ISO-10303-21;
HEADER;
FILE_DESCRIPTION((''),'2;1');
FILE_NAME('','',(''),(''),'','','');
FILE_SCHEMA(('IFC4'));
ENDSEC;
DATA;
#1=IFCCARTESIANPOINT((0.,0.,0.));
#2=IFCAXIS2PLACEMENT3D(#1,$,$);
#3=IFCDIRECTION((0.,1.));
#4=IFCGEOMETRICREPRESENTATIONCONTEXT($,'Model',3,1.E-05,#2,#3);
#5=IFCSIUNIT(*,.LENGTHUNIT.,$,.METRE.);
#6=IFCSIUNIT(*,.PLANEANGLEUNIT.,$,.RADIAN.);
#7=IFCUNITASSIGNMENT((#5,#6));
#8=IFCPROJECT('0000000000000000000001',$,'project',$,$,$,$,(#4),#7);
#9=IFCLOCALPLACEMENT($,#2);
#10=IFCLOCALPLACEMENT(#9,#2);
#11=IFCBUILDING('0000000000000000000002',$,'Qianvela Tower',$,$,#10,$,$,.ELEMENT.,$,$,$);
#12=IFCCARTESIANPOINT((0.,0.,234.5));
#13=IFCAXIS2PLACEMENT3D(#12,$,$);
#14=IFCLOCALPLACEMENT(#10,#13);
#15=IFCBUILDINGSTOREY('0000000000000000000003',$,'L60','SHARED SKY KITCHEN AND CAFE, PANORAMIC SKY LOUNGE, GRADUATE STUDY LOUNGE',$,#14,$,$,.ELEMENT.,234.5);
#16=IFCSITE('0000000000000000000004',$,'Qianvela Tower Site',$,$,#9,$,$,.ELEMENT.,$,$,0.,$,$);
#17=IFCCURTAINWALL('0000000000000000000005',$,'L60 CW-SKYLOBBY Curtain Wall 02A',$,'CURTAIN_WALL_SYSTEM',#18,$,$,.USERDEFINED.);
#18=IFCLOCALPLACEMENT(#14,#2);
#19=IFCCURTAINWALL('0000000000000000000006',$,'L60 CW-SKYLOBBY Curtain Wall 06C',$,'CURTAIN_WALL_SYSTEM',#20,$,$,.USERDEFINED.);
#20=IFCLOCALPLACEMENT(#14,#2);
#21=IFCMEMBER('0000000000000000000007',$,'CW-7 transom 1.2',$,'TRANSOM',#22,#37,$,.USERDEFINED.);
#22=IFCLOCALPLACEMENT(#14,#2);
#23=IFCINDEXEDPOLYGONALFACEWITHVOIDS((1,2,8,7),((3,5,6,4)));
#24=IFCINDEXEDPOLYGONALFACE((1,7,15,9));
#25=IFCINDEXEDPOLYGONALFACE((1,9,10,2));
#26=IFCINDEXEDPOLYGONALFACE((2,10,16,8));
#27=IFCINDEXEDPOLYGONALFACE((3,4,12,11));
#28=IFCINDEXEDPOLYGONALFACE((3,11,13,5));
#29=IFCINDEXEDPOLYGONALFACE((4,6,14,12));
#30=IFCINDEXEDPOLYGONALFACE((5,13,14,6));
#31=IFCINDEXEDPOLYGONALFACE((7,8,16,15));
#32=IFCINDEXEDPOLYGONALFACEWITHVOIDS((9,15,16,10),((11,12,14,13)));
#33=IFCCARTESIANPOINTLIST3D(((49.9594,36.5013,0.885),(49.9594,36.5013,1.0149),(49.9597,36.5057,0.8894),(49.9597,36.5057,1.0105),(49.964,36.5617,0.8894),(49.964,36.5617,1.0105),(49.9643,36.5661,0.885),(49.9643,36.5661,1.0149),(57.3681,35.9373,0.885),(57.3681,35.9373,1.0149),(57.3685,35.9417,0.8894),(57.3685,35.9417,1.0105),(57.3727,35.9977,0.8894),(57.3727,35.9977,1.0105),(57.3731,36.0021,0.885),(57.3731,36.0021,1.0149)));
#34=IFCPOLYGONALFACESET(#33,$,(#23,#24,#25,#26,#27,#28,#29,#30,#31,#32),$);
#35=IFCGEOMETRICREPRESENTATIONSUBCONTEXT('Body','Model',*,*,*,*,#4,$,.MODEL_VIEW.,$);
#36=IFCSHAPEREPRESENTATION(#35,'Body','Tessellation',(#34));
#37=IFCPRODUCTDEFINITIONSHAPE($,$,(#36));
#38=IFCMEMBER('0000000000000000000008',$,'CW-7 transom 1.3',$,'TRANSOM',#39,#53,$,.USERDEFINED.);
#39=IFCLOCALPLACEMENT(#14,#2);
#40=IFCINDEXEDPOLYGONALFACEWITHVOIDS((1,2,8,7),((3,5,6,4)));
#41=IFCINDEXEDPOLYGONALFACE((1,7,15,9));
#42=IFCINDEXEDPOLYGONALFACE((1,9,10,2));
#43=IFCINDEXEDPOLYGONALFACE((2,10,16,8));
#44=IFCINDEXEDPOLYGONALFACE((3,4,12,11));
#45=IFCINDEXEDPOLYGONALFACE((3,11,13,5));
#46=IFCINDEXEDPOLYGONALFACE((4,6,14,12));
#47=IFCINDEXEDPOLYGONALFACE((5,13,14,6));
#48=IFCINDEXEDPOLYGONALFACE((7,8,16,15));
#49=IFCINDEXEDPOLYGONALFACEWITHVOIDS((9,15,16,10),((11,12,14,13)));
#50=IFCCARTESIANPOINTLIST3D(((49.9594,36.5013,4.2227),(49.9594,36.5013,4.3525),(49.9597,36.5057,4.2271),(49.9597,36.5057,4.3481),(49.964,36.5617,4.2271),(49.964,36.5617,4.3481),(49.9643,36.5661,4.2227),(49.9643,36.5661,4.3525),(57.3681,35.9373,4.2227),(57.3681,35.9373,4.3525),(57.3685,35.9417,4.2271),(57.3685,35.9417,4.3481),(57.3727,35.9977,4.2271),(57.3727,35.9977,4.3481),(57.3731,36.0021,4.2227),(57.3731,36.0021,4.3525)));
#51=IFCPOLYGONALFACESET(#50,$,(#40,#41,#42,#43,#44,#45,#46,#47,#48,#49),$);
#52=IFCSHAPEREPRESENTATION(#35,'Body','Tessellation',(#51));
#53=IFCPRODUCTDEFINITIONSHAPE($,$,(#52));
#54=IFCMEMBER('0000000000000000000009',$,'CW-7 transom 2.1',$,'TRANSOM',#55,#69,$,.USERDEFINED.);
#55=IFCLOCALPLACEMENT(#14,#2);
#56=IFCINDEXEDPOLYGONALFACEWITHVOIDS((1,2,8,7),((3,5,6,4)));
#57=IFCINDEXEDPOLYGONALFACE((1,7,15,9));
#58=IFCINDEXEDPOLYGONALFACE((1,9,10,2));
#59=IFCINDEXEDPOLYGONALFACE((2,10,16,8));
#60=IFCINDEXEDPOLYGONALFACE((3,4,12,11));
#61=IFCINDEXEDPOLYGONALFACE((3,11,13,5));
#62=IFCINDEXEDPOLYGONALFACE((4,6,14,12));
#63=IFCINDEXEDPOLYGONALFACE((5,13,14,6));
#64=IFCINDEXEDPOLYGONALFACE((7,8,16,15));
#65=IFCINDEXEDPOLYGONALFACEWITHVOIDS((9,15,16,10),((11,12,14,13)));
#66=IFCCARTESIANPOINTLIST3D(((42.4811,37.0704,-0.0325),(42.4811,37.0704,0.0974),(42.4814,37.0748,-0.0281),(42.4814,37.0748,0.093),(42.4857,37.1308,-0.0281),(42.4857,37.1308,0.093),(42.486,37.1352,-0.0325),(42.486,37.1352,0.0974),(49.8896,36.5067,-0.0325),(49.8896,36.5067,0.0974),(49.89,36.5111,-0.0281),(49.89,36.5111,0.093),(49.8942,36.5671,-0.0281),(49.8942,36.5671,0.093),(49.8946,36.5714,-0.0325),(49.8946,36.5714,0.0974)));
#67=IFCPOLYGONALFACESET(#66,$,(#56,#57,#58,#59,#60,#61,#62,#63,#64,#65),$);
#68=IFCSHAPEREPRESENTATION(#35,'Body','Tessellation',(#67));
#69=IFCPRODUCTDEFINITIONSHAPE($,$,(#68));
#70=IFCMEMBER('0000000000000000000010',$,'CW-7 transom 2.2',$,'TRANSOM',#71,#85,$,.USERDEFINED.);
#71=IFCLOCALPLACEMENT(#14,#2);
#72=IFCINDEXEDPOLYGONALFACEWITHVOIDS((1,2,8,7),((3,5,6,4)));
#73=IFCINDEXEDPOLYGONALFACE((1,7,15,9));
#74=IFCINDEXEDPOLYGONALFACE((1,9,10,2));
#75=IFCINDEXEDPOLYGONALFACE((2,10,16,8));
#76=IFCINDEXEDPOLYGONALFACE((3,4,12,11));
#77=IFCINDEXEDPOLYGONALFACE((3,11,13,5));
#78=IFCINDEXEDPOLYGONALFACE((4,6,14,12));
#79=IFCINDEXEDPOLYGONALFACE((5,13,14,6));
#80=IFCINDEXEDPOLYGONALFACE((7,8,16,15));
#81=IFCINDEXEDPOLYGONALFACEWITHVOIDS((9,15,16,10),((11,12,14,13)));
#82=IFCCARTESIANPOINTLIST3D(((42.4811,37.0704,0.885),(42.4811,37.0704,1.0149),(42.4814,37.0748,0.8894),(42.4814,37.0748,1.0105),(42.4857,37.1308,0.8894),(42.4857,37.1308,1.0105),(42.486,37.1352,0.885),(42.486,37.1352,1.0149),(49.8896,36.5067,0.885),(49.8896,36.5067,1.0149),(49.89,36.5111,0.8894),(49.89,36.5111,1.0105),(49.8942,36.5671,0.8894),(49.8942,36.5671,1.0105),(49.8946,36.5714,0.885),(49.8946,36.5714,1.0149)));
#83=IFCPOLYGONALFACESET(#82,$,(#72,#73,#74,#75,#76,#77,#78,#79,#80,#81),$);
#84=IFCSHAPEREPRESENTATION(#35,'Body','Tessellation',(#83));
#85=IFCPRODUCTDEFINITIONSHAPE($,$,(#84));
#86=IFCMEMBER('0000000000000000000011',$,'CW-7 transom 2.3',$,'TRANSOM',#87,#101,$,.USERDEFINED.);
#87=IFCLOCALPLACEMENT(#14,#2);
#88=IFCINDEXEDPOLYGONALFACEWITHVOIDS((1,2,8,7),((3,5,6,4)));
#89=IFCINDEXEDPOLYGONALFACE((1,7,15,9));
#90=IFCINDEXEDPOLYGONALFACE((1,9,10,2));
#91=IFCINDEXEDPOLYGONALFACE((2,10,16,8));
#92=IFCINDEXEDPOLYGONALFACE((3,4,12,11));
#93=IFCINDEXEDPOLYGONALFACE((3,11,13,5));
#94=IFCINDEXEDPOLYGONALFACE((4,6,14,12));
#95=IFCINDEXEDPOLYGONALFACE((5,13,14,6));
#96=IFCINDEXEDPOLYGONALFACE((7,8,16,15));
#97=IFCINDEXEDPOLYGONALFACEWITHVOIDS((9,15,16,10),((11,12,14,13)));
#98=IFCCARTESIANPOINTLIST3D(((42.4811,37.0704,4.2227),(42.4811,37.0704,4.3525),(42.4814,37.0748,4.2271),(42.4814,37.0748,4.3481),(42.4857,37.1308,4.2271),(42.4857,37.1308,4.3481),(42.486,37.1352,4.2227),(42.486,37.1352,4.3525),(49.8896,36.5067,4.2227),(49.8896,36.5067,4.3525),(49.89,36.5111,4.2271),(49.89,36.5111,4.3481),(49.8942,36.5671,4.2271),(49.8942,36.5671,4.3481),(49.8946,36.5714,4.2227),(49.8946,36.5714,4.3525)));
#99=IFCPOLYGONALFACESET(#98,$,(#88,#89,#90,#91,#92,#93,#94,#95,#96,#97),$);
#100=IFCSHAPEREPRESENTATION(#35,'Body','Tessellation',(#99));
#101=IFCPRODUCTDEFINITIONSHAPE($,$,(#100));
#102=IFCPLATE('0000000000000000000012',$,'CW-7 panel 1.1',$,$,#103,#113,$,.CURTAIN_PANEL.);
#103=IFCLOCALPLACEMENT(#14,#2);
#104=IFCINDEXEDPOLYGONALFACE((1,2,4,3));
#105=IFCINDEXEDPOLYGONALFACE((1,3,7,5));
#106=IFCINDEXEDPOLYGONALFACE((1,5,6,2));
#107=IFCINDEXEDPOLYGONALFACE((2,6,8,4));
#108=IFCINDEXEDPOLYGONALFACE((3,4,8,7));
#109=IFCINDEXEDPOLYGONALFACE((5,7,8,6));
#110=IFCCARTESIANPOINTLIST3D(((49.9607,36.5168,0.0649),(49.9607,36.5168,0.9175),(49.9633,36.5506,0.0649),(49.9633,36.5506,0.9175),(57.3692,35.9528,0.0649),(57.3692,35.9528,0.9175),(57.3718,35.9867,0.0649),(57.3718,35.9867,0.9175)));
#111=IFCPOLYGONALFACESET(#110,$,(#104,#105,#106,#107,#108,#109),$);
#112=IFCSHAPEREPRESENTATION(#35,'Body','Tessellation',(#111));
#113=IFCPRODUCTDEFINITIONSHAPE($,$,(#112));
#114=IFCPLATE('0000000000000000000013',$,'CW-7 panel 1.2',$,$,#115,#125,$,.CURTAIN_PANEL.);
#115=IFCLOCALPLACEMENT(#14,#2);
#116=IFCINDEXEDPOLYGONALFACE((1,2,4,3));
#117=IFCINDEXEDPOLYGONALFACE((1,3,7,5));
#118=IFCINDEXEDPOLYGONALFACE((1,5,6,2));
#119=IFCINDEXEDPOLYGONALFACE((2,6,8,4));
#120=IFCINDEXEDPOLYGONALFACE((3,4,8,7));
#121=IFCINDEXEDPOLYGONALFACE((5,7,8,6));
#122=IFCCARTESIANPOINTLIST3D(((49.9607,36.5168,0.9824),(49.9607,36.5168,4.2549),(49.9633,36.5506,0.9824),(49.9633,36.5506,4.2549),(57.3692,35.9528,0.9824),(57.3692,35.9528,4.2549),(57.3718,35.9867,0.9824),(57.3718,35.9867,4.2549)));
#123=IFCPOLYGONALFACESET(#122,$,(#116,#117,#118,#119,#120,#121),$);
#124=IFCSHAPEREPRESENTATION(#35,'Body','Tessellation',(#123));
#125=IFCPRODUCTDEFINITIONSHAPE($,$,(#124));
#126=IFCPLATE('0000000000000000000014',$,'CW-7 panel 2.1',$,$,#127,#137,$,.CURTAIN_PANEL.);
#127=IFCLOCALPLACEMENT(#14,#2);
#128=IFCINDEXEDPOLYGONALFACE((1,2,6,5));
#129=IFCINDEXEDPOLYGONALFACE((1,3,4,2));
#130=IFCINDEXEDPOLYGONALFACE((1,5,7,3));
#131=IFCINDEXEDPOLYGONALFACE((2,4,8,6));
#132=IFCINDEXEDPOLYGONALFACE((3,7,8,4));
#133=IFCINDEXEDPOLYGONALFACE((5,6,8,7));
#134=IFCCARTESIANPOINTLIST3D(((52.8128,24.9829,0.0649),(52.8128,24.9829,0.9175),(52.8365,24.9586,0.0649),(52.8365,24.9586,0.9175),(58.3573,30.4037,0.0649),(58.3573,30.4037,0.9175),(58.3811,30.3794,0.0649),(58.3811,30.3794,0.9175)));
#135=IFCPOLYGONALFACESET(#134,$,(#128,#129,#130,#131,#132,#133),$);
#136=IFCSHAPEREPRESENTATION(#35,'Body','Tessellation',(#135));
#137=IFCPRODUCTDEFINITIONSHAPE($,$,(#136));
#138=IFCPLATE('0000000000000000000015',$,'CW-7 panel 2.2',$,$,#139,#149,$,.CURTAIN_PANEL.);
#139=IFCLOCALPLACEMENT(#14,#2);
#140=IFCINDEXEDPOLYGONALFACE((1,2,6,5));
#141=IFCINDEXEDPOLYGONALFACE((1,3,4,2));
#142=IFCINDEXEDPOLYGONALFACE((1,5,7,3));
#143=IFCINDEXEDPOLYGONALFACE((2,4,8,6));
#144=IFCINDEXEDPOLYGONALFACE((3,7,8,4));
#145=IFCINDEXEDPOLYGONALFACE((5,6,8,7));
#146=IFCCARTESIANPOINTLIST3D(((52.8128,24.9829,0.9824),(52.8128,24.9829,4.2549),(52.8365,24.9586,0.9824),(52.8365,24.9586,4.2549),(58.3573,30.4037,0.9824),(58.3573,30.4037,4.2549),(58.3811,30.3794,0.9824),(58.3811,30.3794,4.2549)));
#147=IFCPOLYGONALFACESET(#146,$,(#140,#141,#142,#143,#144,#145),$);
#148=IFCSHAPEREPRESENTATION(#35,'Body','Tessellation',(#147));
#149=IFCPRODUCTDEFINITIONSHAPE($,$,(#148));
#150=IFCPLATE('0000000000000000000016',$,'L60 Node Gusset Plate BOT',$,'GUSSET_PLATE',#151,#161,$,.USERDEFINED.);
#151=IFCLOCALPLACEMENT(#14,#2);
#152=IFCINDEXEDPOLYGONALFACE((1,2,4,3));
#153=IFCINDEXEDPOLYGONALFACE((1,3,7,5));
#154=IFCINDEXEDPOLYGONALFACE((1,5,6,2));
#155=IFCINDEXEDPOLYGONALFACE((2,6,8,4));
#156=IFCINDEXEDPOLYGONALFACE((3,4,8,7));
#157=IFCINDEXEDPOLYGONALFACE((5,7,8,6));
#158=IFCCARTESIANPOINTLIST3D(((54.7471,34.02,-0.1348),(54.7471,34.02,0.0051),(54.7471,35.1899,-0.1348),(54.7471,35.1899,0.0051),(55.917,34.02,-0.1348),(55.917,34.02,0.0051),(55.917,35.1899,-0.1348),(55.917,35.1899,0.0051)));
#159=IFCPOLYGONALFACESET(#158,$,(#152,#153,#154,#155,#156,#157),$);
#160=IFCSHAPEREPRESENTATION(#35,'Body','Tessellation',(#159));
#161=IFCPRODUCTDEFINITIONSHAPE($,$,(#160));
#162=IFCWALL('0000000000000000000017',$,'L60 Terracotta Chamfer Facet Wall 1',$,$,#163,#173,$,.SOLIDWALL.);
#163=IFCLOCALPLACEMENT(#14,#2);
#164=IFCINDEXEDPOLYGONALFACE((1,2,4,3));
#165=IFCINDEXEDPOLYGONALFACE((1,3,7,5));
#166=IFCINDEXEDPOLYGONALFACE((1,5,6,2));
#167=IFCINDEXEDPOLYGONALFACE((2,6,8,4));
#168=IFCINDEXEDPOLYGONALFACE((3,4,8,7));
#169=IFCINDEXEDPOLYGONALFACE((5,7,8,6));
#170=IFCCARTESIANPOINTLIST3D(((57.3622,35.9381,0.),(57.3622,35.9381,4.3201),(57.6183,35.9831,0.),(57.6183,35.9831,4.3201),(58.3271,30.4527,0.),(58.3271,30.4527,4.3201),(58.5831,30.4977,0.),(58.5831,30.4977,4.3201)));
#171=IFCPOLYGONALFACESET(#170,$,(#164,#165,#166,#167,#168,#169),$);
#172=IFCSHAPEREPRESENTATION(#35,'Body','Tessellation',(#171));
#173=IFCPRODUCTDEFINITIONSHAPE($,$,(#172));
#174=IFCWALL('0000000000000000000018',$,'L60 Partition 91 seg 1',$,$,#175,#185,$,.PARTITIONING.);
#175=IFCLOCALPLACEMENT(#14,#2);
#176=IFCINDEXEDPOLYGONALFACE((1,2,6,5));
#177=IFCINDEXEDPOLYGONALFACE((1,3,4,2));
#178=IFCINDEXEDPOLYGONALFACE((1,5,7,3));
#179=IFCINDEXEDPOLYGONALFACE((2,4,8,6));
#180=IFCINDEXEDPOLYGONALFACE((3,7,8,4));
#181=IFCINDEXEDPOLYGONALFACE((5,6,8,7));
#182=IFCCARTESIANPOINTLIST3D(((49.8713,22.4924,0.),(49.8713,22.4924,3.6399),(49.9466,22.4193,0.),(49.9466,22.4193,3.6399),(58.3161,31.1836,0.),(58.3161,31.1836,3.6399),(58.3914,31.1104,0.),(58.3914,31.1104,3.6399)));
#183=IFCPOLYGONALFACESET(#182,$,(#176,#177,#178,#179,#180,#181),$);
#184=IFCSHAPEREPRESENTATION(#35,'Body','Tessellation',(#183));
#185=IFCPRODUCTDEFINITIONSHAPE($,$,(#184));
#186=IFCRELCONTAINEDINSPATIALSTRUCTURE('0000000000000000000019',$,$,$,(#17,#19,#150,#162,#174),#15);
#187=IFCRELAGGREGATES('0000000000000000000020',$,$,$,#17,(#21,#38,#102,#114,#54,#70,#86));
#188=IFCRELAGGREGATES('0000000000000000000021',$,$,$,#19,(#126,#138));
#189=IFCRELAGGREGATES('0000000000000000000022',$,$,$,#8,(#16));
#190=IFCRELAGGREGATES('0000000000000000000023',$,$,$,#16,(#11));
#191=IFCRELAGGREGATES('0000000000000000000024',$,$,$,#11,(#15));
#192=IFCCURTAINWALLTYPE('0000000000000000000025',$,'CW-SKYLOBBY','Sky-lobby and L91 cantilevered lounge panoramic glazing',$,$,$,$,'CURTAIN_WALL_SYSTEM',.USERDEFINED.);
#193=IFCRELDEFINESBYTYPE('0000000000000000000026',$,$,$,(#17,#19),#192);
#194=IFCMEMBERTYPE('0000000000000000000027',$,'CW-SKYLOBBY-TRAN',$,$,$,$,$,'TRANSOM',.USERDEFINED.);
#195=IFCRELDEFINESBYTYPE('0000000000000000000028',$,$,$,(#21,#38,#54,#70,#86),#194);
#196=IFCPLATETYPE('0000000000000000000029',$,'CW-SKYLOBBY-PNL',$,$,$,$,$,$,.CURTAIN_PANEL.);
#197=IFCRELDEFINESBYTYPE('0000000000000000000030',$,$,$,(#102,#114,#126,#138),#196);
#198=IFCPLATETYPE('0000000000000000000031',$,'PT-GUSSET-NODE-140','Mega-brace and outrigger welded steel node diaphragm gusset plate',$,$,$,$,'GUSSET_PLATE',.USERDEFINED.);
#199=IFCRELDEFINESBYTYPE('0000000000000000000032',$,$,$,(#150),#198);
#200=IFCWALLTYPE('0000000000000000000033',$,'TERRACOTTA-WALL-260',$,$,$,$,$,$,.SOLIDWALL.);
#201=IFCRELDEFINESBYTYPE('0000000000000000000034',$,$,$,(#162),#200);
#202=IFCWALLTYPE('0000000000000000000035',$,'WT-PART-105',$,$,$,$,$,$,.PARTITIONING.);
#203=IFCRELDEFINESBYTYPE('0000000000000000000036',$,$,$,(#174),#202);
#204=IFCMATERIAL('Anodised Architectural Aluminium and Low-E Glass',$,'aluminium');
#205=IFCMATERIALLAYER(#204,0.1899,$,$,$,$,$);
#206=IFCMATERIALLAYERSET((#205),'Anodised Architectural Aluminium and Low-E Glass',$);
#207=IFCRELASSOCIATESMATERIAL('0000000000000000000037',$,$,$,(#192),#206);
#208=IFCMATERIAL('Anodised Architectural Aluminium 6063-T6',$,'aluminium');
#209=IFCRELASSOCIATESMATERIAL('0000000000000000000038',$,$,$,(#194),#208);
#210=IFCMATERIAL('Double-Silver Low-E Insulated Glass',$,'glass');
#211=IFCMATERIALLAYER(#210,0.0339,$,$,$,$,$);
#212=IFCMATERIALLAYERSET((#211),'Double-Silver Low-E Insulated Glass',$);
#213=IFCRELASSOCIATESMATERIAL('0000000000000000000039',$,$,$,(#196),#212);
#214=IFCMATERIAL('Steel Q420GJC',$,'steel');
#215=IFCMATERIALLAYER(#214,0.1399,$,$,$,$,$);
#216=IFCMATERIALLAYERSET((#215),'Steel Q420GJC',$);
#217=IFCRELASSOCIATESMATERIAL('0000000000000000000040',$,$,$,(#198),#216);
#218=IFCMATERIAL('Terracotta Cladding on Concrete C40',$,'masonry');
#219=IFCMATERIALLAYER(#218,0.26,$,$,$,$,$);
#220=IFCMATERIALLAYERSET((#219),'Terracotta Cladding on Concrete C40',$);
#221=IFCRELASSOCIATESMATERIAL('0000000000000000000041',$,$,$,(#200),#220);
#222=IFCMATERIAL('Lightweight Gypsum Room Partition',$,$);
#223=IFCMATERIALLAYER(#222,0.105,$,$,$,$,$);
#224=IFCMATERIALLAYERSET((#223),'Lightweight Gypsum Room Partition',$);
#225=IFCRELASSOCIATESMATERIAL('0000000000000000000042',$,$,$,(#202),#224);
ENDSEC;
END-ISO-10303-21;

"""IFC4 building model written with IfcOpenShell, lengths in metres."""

from ifc_helpers import new_model, si_unit, direction, frame, frame_2d, origin, origin_2d, place, context, subcontext, project, spatial, rectangle, hollow_rectangle, extrude, material, layer, layer_set, material_profile, profile_set, type_object, element, aggregate, save


model = new_model("IFC4")

# Units and contexts
model_context = context("Model", 3, precision=1e-05, world=origin(), true_north=direction((0.0, 1.0)))
body_context = subcontext(model_context, "Body", "Model", "MODEL_VIEW")
ifc_project = project(units=[si_unit("LENGTHUNIT", "METRE"), si_unit("PLANEANGLEUNIT", "RADIAN")], contexts=[model_context])

# Site, building, storey
site_placement = place(None, origin())
site = spatial("IfcSite", under=ifc_project, at=site_placement, Name="Qianvela Tower Site", CompositionType="ELEMENT", RefElevation=0.0)
building_placement = place(site_placement, origin())
building = spatial("IfcBuilding", under=site, at=building_placement, Name="Qianvela Tower", CompositionType="ELEMENT")
storey_placement = place(building_placement, frame((0.0, 0.0, 234.5)))
storey = spatial("IfcBuildingStorey", under=building, at=storey_placement, Name="L60", Description="SHARED SKY KITCHEN AND CAFE, PANORAMIC SKY LOUNGE, GRADUATE STUDY LOUNGE", CompositionType="ELEMENT", Elevation=234.5)

# Curtain wall
ifc_material_1 = material(Name="Anodised Architectural Aluminium and Low-E Glass", Category="aluminium")
ifc_layer_1 = layer(ifc_material_1, 0.1899)
ifc_layer_set_1 = layer_set([ifc_layer_1], Name="Anodised Architectural Aluminium and Low-E Glass")
curtain_wall_type = type_object("IfcCurtainWallType", Name="CW-SKYLOBBY", Description="Sky-lobby and L91 cantilevered lounge panoramic glazing", ElementType="CURTAIN_WALL_SYSTEM", PredefinedType="USERDEFINED", material=ifc_layer_set_1)
curtain_wall_1_placement = place(storey_placement, origin())
curtain_wall_1 = element("IfcCurtainWall", 1, at=curtain_wall_1_placement, inside=storey, type_object=curtain_wall_type, Name="L60 CW-SKYLOBBY Curtain Wall 02A", ObjectType="CURTAIN_WALL_SYSTEM", PredefinedType="USERDEFINED")

# Curtain wall
curtain_wall_2_placement = place(storey_placement, origin())
curtain_wall_2 = element("IfcCurtainWall", 2, at=curtain_wall_2_placement, inside=storey, type_object=curtain_wall_type, Name="L60 CW-SKYLOBBY Curtain Wall 06C", ObjectType="CURTAIN_WALL_SYSTEM", PredefinedType="USERDEFINED")

# Members
ifc_material_2 = material(Name="Anodised Architectural Aluminium 6063-T6", Category="aluminium")
ifc_material_profile_1 = material_profile(ifc_material_2, hollow_rectangle(XDim=0.0649, YDim=0.1299, WallThickness=0.0044, at=origin_2d()), Name="ALU-TRAN-65x130")
ifc_profile_set_1 = profile_set([ifc_material_profile_1], Name="Anodised Architectural Aluminium 6063-T6")
member_type_1 = type_object("IfcMemberType", Name="CW-SKYLOBBY-TRAN", ElementType="TRANSOM", PredefinedType="USERDEFINED", material=ifc_profile_set_1)
member_1_placement = place(storey_placement, frame((57.3706, 35.9697, 0.95), z_axis=(-0.997115, 0.075902, 0.0), x_axis=(-0.075902, -0.997115, 0.0)))
member_1 = element("IfcMember", 3, at=member_1_placement, type_object=member_type_1, Name="CW-7 transom 1.2", ObjectType="TRANSOM", PredefinedType="USERDEFINED", context=body_context, shape_type="SweptSolid", body=[
    extrude(hollow_rectangle(XDim=0.0649, YDim=0.1299, WallThickness=0.0044, at=origin_2d()), origin(), (0.0, 0.0, 1.0), 7.4302),
])
member_2_placement = place(storey_placement, frame((57.3706, 35.9697, 4.2876), z_axis=(-0.997115, 0.075902, 0.0), x_axis=(-0.075902, -0.997115, 0.0)))
member_2 = element("IfcMember", 4, at=member_2_placement, type_object=member_type_1, Name="CW-7 transom 1.3", ObjectType="TRANSOM", PredefinedType="USERDEFINED", context=body_context, shape_type="SweptSolid", body=[
    extrude(hollow_rectangle(XDim=0.0649, YDim=0.1299, WallThickness=0.0044, at=origin_2d()), origin(), (0.0, 0.0, 1.0), 7.4302),
])
member_3_placement = place(storey_placement, frame((49.8921, 36.5391, 0.0325), z_axis=(-0.997118, 0.075872, 0.0), x_axis=(-0.075872, -0.997118, 0.0)))
member_3 = element("IfcMember", 5, at=member_3_placement, type_object=member_type_1, Name="CW-7 transom 2.1", ObjectType="TRANSOM", PredefinedType="USERDEFINED", context=body_context, shape_type="SweptSolid", body=[
    extrude(hollow_rectangle(XDim=0.0649, YDim=0.1299, WallThickness=0.0044, at=origin_2d()), origin(), (0.0, 0.0, 1.0), 7.4299),
])
member_4_placement = place(storey_placement, frame((49.8921, 36.5391, 0.95), z_axis=(-0.997118, 0.075872, 0.0), x_axis=(-0.075872, -0.997118, 0.0)))
member_4 = element("IfcMember", 6, at=member_4_placement, type_object=member_type_1, Name="CW-7 transom 2.2", ObjectType="TRANSOM", PredefinedType="USERDEFINED", context=body_context, shape_type="SweptSolid", body=[
    extrude(hollow_rectangle(XDim=0.0649, YDim=0.1299, WallThickness=0.0044, at=origin_2d()), origin(), (0.0, 0.0, 1.0), 7.4299),
])
member_5_placement = place(storey_placement, frame((49.8921, 36.5391, 4.2876), z_axis=(-0.997118, 0.075872, 0.0), x_axis=(-0.075872, -0.997118, 0.0)))
member_5 = element("IfcMember", 7, at=member_5_placement, type_object=member_type_1, Name="CW-7 transom 2.3", ObjectType="TRANSOM", PredefinedType="USERDEFINED", context=body_context, shape_type="SweptSolid", body=[
    extrude(hollow_rectangle(XDim=0.0649, YDim=0.1299, WallThickness=0.0044, at=origin_2d()), origin(), (0.0, 0.0, 1.0), 7.4299),
])

# Plates
ifc_material_3 = material(Name="Double-Silver Low-E Insulated Glass", Category="glass")
ifc_layer_2 = layer(ifc_material_3, 0.0339)
ifc_layer_set_2 = layer_set([ifc_layer_2], Name="Double-Silver Low-E Insulated Glass")
plate_type_1 = type_object("IfcPlateType", Name="CW-SKYLOBBY-PNL", PredefinedType="CURTAIN_PANEL", material=ifc_layer_set_2)
plate_1_placement = place(storey_placement, frame((53.6663, 36.2517, 0.0649), z_axis=(0.0, 0.0, 1.0), x_axis=(-0.997115, 0.075899, 0.0)))
plate_1 = element("IfcPlate", 8, at=plate_1_placement, type_object=plate_type_1, Name="CW-7 panel 1.1", PredefinedType="CURTAIN_PANEL", context=body_context, shape_type="SweptSolid", body=[
    extrude(rectangle(XDim=7.4299, YDim=0.0339, at=origin_2d()), origin(), (0.0, 0.0, 1.0), 0.8525),
])
plate_2_placement = place(storey_placement, frame((53.6663, 36.2517, 0.9824), z_axis=(0.0, 0.0, 1.0), x_axis=(-0.997115, 0.075899, 0.0)))
plate_2 = element("IfcPlate", 9, at=plate_2_placement, type_object=plate_type_1, Name="CW-7 panel 1.2", PredefinedType="CURTAIN_PANEL", context=body_context, shape_type="SweptSolid", body=[
    extrude(rectangle(XDim=7.4299, YDim=0.0339, at=origin_2d()), origin(), (0.0, 0.0, 1.0), 3.2725),
])
aggregate(curtain_wall_1, [member_1, member_2, plate_1, plate_2, member_3, member_4, member_5])
plate_3_placement = place(storey_placement, frame((55.5969, 27.6812, 0.0649), z_axis=(0.0, 0.0, 1.0), x_axis=(0.715046, 0.699077, 0.0)))
plate_3 = element("IfcPlate", 10, at=plate_3_placement, type_object=plate_type_1, Name="CW-7 panel 2.1", PredefinedType="CURTAIN_PANEL", context=body_context, shape_type="SweptSolid", body=[
    extrude(rectangle(XDim=7.7542, YDim=0.0339, at=origin_2d()), origin(), (0.0, 0.0, 1.0), 0.8525),
])
plate_4_placement = place(storey_placement, frame((55.5969, 27.6812, 0.9824), z_axis=(0.0, 0.0, 1.0), x_axis=(0.715046, 0.699077, 0.0)))
plate_4 = element("IfcPlate", 11, at=plate_4_placement, type_object=plate_type_1, Name="CW-7 panel 2.2", PredefinedType="CURTAIN_PANEL", context=body_context, shape_type="SweptSolid", body=[
    extrude(rectangle(XDim=7.7542, YDim=0.0339, at=origin_2d()), origin(), (0.0, 0.0, 1.0), 3.2725),
])
aggregate(curtain_wall_2, [plate_3, plate_4])
ifc_material_4 = material(Name="Steel Q420GJC", Category="steel")
ifc_layer_3 = layer(ifc_material_4, 0.1399)
ifc_layer_set_3 = layer_set([ifc_layer_3], Name="Steel Q420GJC")
plate_type_2 = type_object("IfcPlateType", Name="PT-GUSSET-NODE-140", Description="Mega-brace and outrigger welded steel node diaphragm gusset plate", ElementType="GUSSET_PLATE", PredefinedType="USERDEFINED", material=ifc_layer_set_3)
plate_5_placement = place(storey_placement, frame((55.332, 34.605, -0.1348), z_axis=(0.0, 0.0, 1.0), x_axis=(1.0, 0.0, 0.0)))
element("IfcPlate", 12, at=plate_5_placement, inside=storey, type_object=plate_type_2, Name="L60 Node Gusset Plate BOT", ObjectType="GUSSET_PLATE", PredefinedType="USERDEFINED", context=body_context, shape_type="SweptSolid", body=[
    extrude(rectangle(XDim=1.1699, YDim=1.1699, at=origin_2d()), origin(), (0.0, 0.0, 1.0), 0.1399),
])

# Walls
ifc_material_5 = material(Name="Terracotta Cladding on Concrete C40", Category="masonry")
ifc_layer_4 = layer(ifc_material_5, 0.26)
ifc_layer_set_4 = layer_set([ifc_layer_4], Name="Terracotta Cladding on Concrete C40")
wall_type_1 = type_object("IfcWallType", Name="TERRACOTTA-WALL-260", PredefinedType="SOLIDWALL", material=ifc_layer_set_4)
wall_1_placement = place(storey_placement, frame((58.4551, 30.4753, 0.0), z_axis=(0.0, 0.0, 1.0), x_axis=(-0.173235, 0.98488, 0.0)))
element("IfcWall", 13, at=wall_1_placement, inside=storey, type_object=wall_type_1, Name="L60 Terracotta Chamfer Facet Wall 1", PredefinedType="SOLIDWALL", context=body_context, shape_type="SweptSolid", body=[
    extrude(rectangle(XDim=5.5696, YDim=0.26, at=frame_2d((2.7847, 0.0))), origin(), (0.0, 0.0, 1.0), 4.3201),
])
ifc_material_6 = material(Name="Lightweight Gypsum Room Partition")
ifc_layer_5 = layer(ifc_material_6, 0.105)
ifc_layer_set_5 = layer_set([ifc_layer_5], Name="Lightweight Gypsum Room Partition")
wall_type_2 = type_object("IfcWallType", Name="WT-PART-105", PredefinedType="PARTITIONING", material=ifc_layer_set_5)
wall_2_placement = place(storey_placement, frame((58.3538, 31.147, 0.0), z_axis=(0.0, 0.0, 1.0), x_axis=(-0.69687, -0.717198, 0.0)))
element("IfcWall", 14, at=wall_2_placement, inside=storey, type_object=wall_type_2, Name="L60 Partition 91 seg 1", PredefinedType="PARTITIONING", context=body_context, shape_type="SweptSolid", body=[
    extrude(rectangle(XDim=12.1182, YDim=0.105, at=frame_2d((6.0591, 0.0))), origin(), (0.0, 0.0, 1.0), 3.6399),
])

save(model, "model.ifc")
